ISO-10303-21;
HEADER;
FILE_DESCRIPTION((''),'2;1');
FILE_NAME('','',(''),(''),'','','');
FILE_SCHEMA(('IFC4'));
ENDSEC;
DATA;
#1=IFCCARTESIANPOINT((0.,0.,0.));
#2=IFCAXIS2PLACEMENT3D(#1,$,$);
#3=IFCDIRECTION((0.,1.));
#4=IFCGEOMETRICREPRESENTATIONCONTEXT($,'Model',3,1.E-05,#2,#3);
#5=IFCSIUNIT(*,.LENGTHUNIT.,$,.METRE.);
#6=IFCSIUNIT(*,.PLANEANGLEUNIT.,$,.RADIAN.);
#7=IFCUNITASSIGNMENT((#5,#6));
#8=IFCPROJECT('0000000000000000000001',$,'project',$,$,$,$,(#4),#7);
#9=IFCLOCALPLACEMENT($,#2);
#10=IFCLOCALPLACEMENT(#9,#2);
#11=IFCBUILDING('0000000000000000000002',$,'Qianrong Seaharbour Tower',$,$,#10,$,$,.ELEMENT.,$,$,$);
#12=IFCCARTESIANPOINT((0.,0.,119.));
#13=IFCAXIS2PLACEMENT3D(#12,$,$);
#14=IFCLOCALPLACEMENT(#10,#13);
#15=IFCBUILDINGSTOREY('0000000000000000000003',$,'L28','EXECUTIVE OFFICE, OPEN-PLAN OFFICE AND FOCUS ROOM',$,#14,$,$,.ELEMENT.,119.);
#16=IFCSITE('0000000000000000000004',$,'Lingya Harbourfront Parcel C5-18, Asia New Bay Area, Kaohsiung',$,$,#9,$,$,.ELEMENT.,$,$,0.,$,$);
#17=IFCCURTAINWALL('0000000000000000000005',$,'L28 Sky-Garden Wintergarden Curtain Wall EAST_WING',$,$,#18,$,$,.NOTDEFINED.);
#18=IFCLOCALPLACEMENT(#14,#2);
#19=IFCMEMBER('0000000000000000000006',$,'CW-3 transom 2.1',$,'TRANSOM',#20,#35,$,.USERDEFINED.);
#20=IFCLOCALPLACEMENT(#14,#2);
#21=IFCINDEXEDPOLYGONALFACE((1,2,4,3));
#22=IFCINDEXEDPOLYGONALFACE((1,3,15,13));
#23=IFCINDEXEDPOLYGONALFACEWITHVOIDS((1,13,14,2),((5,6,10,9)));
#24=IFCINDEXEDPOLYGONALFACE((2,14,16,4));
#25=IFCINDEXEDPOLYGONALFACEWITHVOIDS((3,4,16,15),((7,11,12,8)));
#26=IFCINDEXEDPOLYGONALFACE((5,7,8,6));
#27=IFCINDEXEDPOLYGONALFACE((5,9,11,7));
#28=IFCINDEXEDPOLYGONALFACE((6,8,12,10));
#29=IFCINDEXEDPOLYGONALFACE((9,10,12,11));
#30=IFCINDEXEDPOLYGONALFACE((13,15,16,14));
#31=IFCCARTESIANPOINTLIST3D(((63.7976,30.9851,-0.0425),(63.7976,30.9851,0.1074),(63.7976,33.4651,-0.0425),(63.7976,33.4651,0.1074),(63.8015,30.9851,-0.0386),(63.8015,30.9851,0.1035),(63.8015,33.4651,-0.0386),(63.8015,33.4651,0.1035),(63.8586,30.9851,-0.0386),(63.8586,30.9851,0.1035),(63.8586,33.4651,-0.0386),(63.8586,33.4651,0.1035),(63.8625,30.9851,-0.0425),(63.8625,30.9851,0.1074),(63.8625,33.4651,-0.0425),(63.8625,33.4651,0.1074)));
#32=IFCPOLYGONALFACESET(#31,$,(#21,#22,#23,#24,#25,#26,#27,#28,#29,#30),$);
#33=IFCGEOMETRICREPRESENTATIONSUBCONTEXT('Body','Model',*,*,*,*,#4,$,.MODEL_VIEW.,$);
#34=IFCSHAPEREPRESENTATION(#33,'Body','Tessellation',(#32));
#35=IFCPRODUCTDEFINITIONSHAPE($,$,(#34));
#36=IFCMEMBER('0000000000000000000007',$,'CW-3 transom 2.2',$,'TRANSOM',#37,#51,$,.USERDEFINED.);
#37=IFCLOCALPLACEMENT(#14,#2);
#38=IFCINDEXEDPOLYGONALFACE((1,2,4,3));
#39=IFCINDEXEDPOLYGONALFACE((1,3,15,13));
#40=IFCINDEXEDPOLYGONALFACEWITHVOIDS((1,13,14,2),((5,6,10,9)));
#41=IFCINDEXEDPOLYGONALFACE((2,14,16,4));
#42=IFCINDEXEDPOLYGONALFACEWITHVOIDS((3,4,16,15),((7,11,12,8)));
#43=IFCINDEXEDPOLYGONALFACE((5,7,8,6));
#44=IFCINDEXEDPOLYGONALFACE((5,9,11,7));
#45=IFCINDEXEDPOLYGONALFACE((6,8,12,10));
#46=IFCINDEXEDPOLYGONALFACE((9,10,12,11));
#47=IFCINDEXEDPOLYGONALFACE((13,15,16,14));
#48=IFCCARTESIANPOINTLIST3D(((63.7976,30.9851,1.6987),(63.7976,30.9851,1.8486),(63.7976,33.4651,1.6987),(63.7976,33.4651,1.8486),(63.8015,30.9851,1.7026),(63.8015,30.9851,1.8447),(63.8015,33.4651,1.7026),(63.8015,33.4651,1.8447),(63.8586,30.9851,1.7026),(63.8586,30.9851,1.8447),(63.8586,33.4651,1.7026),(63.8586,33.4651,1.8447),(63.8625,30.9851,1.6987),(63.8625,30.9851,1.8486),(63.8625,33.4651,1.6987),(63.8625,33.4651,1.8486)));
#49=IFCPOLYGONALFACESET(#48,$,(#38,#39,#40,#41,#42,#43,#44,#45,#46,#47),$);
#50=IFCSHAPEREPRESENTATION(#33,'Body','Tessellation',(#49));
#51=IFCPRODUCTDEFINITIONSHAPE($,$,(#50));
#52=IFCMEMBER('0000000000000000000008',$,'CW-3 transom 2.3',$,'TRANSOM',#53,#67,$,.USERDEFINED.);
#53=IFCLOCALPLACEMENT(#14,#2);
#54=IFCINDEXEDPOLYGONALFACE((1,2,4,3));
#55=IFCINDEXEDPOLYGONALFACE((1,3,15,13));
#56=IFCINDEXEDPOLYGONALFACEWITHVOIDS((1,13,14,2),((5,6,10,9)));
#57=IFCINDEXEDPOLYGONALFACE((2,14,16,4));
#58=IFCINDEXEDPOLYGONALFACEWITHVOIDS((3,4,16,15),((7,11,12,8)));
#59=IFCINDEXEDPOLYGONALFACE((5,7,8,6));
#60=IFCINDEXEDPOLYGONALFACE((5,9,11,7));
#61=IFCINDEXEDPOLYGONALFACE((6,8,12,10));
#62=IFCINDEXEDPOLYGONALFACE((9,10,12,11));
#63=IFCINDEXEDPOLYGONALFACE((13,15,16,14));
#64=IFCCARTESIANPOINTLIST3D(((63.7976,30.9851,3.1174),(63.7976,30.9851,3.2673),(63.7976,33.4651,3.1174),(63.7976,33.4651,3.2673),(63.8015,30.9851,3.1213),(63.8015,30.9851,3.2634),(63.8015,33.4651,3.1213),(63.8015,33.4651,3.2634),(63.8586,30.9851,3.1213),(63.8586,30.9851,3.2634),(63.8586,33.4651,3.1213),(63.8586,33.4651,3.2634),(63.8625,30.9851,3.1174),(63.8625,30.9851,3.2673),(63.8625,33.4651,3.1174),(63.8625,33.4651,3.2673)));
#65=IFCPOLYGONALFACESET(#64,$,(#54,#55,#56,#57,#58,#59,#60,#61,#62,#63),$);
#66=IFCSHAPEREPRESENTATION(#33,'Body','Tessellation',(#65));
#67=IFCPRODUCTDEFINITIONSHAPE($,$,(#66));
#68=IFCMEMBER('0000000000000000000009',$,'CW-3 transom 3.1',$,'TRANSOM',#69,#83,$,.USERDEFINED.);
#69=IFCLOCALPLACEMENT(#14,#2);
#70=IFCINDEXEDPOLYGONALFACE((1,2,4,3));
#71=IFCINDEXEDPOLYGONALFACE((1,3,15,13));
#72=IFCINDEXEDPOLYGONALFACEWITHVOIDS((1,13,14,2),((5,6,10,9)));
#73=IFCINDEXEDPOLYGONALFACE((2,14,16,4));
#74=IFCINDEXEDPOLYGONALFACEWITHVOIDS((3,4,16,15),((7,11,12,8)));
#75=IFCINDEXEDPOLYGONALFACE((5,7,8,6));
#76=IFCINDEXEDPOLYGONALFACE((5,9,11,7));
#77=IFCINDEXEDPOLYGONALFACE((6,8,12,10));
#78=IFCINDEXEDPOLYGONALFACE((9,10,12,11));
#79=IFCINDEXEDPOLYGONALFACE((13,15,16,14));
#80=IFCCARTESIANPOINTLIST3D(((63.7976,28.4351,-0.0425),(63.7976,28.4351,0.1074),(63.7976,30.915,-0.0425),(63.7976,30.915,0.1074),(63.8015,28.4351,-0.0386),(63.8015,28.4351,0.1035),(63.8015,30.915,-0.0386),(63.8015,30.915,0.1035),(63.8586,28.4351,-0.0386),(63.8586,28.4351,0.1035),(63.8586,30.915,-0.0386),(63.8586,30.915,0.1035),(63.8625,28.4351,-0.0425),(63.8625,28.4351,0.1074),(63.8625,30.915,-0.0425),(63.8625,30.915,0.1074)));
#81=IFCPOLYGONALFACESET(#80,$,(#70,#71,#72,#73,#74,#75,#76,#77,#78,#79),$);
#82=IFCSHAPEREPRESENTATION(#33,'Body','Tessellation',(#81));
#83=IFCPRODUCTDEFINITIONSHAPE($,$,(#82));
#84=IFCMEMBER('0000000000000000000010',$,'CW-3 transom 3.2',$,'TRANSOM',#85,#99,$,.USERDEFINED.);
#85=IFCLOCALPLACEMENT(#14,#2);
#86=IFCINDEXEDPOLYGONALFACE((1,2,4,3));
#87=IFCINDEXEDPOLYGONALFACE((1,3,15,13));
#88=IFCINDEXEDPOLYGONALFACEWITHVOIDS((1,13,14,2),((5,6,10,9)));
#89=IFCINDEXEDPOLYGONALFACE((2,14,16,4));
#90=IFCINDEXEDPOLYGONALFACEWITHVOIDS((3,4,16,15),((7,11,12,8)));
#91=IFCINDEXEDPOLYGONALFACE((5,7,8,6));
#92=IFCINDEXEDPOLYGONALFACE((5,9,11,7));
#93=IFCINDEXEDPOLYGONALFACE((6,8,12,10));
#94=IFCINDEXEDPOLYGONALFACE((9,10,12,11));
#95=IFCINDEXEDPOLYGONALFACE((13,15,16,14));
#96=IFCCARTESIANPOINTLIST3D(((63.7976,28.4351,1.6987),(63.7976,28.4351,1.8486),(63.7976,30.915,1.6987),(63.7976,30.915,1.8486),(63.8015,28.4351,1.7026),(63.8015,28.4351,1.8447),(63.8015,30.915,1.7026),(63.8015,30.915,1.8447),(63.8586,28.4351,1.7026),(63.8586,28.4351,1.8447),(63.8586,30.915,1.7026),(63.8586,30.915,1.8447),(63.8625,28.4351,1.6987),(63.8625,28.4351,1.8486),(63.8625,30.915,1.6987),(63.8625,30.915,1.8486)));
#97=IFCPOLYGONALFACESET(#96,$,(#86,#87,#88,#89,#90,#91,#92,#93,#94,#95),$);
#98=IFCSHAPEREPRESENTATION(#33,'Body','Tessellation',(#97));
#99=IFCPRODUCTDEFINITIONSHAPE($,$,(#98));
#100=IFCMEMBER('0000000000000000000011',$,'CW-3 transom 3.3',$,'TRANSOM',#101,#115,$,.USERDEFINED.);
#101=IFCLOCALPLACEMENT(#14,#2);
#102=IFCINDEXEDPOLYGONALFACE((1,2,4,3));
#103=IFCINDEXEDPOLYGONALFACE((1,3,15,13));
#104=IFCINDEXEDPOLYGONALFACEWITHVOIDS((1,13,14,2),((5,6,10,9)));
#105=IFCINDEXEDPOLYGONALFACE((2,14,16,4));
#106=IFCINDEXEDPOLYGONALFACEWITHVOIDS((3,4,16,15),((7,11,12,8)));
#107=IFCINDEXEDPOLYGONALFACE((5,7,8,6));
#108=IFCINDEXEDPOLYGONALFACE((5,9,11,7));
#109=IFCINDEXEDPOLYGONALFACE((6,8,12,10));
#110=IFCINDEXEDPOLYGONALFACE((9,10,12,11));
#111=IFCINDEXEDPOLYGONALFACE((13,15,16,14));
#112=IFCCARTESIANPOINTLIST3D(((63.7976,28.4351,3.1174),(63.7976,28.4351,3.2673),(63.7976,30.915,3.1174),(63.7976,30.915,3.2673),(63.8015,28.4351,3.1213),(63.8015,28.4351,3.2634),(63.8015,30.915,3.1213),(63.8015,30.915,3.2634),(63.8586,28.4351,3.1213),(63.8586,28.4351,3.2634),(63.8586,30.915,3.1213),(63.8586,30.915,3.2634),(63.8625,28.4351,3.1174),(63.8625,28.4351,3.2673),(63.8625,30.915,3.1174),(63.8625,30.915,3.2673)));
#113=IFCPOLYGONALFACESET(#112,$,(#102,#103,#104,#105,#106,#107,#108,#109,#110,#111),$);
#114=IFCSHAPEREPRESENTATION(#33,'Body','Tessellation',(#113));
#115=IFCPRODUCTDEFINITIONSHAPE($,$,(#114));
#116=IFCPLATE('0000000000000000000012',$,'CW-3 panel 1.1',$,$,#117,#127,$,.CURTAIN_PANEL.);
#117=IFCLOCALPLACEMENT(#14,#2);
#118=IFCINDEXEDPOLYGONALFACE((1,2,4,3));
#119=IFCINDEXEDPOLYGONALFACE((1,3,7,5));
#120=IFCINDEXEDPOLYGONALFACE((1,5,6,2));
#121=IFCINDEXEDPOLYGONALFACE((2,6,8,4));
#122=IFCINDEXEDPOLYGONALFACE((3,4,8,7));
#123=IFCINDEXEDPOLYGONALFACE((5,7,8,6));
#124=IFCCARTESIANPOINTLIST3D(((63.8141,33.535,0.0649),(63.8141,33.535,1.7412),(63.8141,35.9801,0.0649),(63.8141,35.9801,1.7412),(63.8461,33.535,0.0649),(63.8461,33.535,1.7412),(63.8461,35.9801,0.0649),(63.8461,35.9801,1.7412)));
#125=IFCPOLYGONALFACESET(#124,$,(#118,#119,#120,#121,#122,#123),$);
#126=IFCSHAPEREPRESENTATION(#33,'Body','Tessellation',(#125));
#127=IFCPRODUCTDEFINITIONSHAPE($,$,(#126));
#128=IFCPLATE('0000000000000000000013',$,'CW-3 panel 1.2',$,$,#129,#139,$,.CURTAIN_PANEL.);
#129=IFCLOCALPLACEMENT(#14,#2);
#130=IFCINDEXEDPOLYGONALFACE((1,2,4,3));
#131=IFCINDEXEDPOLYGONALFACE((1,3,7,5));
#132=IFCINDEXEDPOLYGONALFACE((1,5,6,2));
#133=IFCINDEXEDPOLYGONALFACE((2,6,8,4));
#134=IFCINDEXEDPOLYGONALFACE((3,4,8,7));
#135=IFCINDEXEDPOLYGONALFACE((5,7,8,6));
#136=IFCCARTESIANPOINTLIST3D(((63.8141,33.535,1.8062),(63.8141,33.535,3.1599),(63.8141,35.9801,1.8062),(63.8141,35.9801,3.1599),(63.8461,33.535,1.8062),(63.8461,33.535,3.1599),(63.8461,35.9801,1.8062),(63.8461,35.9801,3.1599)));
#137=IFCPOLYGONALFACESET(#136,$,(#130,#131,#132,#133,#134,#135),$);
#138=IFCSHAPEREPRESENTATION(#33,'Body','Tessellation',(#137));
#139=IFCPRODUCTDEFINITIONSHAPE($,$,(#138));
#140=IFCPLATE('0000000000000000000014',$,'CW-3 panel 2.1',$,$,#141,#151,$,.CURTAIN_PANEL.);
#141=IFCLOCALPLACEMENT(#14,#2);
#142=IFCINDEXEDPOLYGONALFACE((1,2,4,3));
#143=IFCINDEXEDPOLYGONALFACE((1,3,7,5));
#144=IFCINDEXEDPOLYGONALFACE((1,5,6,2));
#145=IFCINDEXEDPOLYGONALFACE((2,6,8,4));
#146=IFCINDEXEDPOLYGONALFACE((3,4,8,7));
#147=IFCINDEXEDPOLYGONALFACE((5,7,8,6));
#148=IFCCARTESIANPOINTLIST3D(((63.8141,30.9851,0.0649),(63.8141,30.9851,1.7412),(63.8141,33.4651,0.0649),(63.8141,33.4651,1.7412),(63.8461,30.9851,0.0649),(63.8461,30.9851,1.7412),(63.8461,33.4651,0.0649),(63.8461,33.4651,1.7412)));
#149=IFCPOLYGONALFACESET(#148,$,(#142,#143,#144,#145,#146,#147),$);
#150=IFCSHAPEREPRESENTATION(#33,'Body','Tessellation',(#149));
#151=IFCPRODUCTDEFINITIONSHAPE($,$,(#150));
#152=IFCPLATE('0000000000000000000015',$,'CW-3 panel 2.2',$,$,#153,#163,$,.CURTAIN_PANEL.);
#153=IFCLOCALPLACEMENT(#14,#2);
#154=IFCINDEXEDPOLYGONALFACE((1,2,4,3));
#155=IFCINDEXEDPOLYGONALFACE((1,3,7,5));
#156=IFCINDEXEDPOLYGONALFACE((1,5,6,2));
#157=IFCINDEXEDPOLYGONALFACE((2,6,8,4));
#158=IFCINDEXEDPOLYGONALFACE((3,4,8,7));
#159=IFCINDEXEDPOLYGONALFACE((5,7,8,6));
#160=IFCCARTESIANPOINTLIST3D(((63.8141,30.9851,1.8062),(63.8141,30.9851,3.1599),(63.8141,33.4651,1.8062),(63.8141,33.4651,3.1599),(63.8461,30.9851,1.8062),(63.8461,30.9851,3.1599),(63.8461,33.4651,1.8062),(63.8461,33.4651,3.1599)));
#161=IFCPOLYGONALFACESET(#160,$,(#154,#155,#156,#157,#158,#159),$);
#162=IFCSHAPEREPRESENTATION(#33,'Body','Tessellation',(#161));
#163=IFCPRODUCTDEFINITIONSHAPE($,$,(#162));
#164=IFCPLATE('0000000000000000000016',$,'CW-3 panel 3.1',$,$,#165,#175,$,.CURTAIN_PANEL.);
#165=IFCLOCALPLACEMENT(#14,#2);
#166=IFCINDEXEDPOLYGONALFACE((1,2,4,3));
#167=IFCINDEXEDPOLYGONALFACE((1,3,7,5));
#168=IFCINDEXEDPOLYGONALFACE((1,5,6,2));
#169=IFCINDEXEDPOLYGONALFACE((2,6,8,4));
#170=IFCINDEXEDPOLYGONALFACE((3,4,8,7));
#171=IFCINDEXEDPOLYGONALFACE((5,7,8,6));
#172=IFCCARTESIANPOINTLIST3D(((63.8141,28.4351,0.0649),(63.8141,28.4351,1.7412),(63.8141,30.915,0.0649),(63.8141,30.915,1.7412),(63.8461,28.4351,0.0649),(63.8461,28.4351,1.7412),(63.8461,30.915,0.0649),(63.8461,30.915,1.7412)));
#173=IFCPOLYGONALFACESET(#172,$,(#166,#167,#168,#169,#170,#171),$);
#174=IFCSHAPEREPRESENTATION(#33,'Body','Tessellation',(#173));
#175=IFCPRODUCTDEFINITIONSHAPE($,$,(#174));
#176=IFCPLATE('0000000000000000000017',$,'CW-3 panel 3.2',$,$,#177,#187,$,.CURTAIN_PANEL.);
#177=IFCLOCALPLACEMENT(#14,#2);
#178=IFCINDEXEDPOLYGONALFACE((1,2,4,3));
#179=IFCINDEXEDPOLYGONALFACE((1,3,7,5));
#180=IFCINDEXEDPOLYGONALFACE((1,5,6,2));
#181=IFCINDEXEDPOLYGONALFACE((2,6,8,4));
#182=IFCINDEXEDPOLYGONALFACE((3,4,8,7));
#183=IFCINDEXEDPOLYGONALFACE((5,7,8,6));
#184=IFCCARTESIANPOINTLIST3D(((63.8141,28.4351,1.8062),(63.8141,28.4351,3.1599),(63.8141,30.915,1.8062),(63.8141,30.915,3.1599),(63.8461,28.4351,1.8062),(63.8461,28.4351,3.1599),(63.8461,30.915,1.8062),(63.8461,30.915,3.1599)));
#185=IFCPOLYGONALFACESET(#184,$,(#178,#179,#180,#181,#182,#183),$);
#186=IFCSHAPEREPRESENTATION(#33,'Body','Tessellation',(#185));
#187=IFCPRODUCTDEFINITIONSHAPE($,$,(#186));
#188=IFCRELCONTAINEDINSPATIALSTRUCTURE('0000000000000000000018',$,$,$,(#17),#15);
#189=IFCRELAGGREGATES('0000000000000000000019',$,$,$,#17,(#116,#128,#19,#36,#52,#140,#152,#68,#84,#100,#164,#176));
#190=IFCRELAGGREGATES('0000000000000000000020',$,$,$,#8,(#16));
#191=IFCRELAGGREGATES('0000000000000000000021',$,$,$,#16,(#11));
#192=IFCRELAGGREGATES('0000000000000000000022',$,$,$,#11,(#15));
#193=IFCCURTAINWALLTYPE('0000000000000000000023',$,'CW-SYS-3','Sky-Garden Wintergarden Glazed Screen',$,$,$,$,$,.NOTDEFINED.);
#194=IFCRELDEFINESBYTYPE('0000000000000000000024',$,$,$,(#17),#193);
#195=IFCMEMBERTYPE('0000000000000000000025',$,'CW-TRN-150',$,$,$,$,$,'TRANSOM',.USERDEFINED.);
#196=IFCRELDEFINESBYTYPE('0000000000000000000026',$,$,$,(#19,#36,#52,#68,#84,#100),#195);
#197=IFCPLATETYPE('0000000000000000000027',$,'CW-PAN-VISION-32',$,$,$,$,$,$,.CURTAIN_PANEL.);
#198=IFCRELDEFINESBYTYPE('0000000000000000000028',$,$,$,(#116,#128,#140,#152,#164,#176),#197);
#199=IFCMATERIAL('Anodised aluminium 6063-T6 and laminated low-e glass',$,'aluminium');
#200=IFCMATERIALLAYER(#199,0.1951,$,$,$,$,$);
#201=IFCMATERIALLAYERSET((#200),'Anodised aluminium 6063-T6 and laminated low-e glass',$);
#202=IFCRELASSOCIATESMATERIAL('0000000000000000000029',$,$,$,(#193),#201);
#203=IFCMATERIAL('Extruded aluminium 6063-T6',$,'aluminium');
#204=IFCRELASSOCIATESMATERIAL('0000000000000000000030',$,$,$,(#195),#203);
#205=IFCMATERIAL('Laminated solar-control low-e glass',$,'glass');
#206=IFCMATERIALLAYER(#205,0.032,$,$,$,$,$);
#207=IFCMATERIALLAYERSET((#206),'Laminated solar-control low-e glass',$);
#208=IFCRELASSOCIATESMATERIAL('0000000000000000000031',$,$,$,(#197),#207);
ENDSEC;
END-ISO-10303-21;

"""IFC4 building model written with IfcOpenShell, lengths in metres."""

from ifc_helpers import new_model, si_unit, direction, frame, origin, origin_2d, place, context, subcontext, project, spatial, rectangle, hollow_rectangle, extrude, material, layer, layer_set, material_profile, profile_set, type_object, element, aggregate, save


model = new_model("IFC4")

# Units and contexts
model_context = context("Model", 3, precision=1e-05, world=origin(), true_north=direction((0.0, 1.0)))
body_context = subcontext(model_context, "Body", "Model", "MODEL_VIEW")
ifc_project = project(units=[si_unit("LENGTHUNIT", "METRE"), si_unit("PLANEANGLEUNIT", "RADIAN")], contexts=[model_context])

# Site, building, storey
site_placement = place(None, origin())
site = spatial("IfcSite", under=ifc_project, at=site_placement, Name="Lingya Harbourfront Parcel C5-18, Asia New Bay Area, Kaohsiung", CompositionType="ELEMENT", RefElevation=0.0)
building_placement = place(site_placement, origin())
building = spatial("IfcBuilding", under=site, at=building_placement, Name="Qianrong Seaharbour Tower", CompositionType="ELEMENT")
storey_placement = place(building_placement, frame((0.0, 0.0, 119.0)))
storey = spatial("IfcBuildingStorey", under=building, at=storey_placement, Name="L28", Description="EXECUTIVE OFFICE, OPEN-PLAN OFFICE AND FOCUS ROOM", CompositionType="ELEMENT", Elevation=119.0)

# Curtain wall, members, plates
ifc_material_1 = material(Name="Anodised aluminium 6063-T6 and laminated low-e glass", Category="aluminium")
ifc_layer_1 = layer(ifc_material_1, 0.1951)
ifc_layer_set_1 = layer_set([ifc_layer_1], Name="Anodised aluminium 6063-T6 and laminated low-e glass")
curtain_wall_type = type_object("IfcCurtainWallType", Name="CW-SYS-3", Description="Sky-Garden Wintergarden Glazed Screen", PredefinedType="NOTDEFINED", material=ifc_layer_set_1)
curtain_wall_placement = place(storey_placement, origin())
curtain_wall = element("IfcCurtainWall", 1, at=curtain_wall_placement, inside=storey, type_object=curtain_wall_type, Name="L28 Sky-Garden Wintergarden Curtain Wall EAST_WING", PredefinedType="NOTDEFINED")
ifc_material_2 = material(Name="Extruded aluminium 6063-T6", Category="aluminium")
ifc_material_profile_1 = material_profile(ifc_material_2, hollow_rectangle(XDim=0.0649, YDim=0.1499, WallThickness=0.0039, at=origin_2d()), Name="ALU-TRN-150x65x4")
ifc_profile_set_1 = profile_set([ifc_material_profile_1], Name="Extruded aluminium 6063-T6")
member_type_1 = type_object("IfcMemberType", Name="CW-TRN-150", ElementType="TRANSOM", PredefinedType="USERDEFINED", material=ifc_profile_set_1)
member_1_placement = place(storey_placement, frame((63.8301, 33.4651, 0.0325), z_axis=(0.0, -1.0, 0.0), x_axis=(1.0, 0.0, 0.0)))
member_1 = element("IfcMember", 2, at=member_1_placement, type_object=member_type_1, Name="CW-3 transom 2.1", ObjectType="TRANSOM", PredefinedType="USERDEFINED", context=body_context, shape_type="SweptSolid", body=[
    extrude(hollow_rectangle(XDim=0.0649, YDim=0.1499, WallThickness=0.0039, at=origin_2d()), origin(), (0.0, 0.0, 1.0), 2.48),
])
member_2_placement = place(storey_placement, frame((63.8301, 33.4651, 1.7737), z_axis=(0.0, -1.0, 0.0), x_axis=(1.0, 0.0, 0.0)))
member_2 = element("IfcMember", 3, at=member_2_placement, type_object=member_type_1, Name="CW-3 transom 2.2", ObjectType="TRANSOM", PredefinedType="USERDEFINED", context=body_context, shape_type="SweptSolid", body=[
    extrude(hollow_rectangle(XDim=0.0649, YDim=0.1499, WallThickness=0.0039, at=origin_2d()), origin(), (0.0, 0.0, 1.0), 2.48),
])
member_3_placement = place(storey_placement, frame((63.8301, 33.4651, 3.1924), z_axis=(0.0, -1.0, 0.0), x_axis=(1.0, 0.0, 0.0)))
member_3 = element("IfcMember", 4, at=member_3_placement, type_object=member_type_1, Name="CW-3 transom 2.3", ObjectType="TRANSOM", PredefinedType="USERDEFINED", context=body_context, shape_type="SweptSolid", body=[
    extrude(hollow_rectangle(XDim=0.0649, YDim=0.1499, WallThickness=0.0039, at=origin_2d()), origin(), (0.0, 0.0, 1.0), 2.48),
])
member_4_placement = place(storey_placement, frame((63.8301, 30.915, 0.0325), z_axis=(0.0, -1.0, 0.0), x_axis=(1.0, 0.0, 0.0)))
member_4 = element("IfcMember", 5, at=member_4_placement, type_object=member_type_1, Name="CW-3 transom 3.1", ObjectType="TRANSOM", PredefinedType="USERDEFINED", context=body_context, shape_type="SweptSolid", body=[
    extrude(hollow_rectangle(XDim=0.0649, YDim=0.1499, WallThickness=0.0039, at=origin_2d()), origin(), (0.0, 0.0, 1.0), 2.48),
])
member_5_placement = place(storey_placement, frame((63.8301, 30.915, 1.7737), z_axis=(0.0, -1.0, 0.0), x_axis=(1.0, 0.0, 0.0)))
member_5 = element("IfcMember", 6, at=member_5_placement, type_object=member_type_1, Name="CW-3 transom 3.2", ObjectType="TRANSOM", PredefinedType="USERDEFINED", context=body_context, shape_type="SweptSolid", body=[
    extrude(hollow_rectangle(XDim=0.0649, YDim=0.1499, WallThickness=0.0039, at=origin_2d()), origin(), (0.0, 0.0, 1.0), 2.48),
])
member_6_placement = place(storey_placement, frame((63.8301, 30.915, 3.1924), z_axis=(0.0, -1.0, 0.0), x_axis=(1.0, 0.0, 0.0)))
member_6 = element("IfcMember", 7, at=member_6_placement, type_object=member_type_1, Name="CW-3 transom 3.3", ObjectType="TRANSOM", PredefinedType="USERDEFINED", context=body_context, shape_type="SweptSolid", body=[
    extrude(hollow_rectangle(XDim=0.0649, YDim=0.1499, WallThickness=0.0039, at=origin_2d()), origin(), (0.0, 0.0, 1.0), 2.48),
])
ifc_material_3 = material(Name="Laminated solar-control low-e glass", Category="glass")
ifc_layer_2 = layer(ifc_material_3, 0.032)
ifc_layer_set_2 = layer_set([ifc_layer_2], Name="Laminated solar-control low-e glass")
plate_type = type_object("IfcPlateType", Name="CW-PAN-VISION-32", PredefinedType="CURTAIN_PANEL", material=ifc_layer_set_2)
plate_1_placement = place(storey_placement, frame((63.8301, 34.7576, 0.0649), z_axis=(0.0, 0.0, 1.0), x_axis=(0.0, -1.0, 0.0)))
plate_1 = element("IfcPlate", 8, at=plate_1_placement, type_object=plate_type, Name="CW-3 panel 1.1", PredefinedType="CURTAIN_PANEL", context=body_context, shape_type="SweptSolid", body=[
    extrude(rectangle(XDim=2.4451, YDim=0.032, at=origin_2d()), origin(), (0.0, 0.0, 1.0), 1.6763),
])
plate_2_placement = place(storey_placement, frame((63.8301, 34.7576, 1.8062), z_axis=(0.0, 0.0, 1.0), x_axis=(0.0, -1.0, 0.0)))
plate_2 = element("IfcPlate", 9, at=plate_2_placement, type_object=plate_type, Name="CW-3 panel 1.2", PredefinedType="CURTAIN_PANEL", context=body_context, shape_type="SweptSolid", body=[
    extrude(rectangle(XDim=2.4451, YDim=0.032, at=origin_2d()), origin(), (0.0, 0.0, 1.0), 1.3538),
])
plate_3_placement = place(storey_placement, frame((63.8301, 32.2251, 0.0649), z_axis=(0.0, 0.0, 1.0), x_axis=(0.0, -1.0, 0.0)))
plate_3 = element("IfcPlate", 10, at=plate_3_placement, type_object=plate_type, Name="CW-3 panel 2.1", PredefinedType="CURTAIN_PANEL", context=body_context, shape_type="SweptSolid", body=[
    extrude(rectangle(XDim=2.48, YDim=0.032, at=origin_2d()), origin(), (0.0, 0.0, 1.0), 1.6763),
])
plate_4_placement = place(storey_placement, frame((63.8301, 32.2251, 1.8062), z_axis=(0.0, 0.0, 1.0), x_axis=(0.0, -1.0, 0.0)))
plate_4 = element("IfcPlate", 11, at=plate_4_placement, type_object=plate_type, Name="CW-3 panel 2.2", PredefinedType="CURTAIN_PANEL", context=body_context, shape_type="SweptSolid", body=[
    extrude(rectangle(XDim=2.48, YDim=0.032, at=origin_2d()), origin(), (0.0, 0.0, 1.0), 1.3538),
])
plate_5_placement = place(storey_placement, frame((63.8301, 29.675, 0.0649), z_axis=(0.0, 0.0, 1.0), x_axis=(0.0, -1.0, 0.0)))
plate_5 = element("IfcPlate", 12, at=plate_5_placement, type_object=plate_type, Name="CW-3 panel 3.1", PredefinedType="CURTAIN_PANEL", context=body_context, shape_type="SweptSolid", body=[
    extrude(rectangle(XDim=2.48, YDim=0.032, at=origin_2d()), origin(), (0.0, 0.0, 1.0), 1.6763),
])
plate_6_placement = place(storey_placement, frame((63.8301, 29.675, 1.8062), z_axis=(0.0, 0.0, 1.0), x_axis=(0.0, -1.0, 0.0)))
plate_6 = element("IfcPlate", 13, at=plate_6_placement, type_object=plate_type, Name="CW-3 panel 3.2", PredefinedType="CURTAIN_PANEL", context=body_context, shape_type="SweptSolid", body=[
    extrude(rectangle(XDim=2.48, YDim=0.032, at=origin_2d()), origin(), (0.0, 0.0, 1.0), 1.3538),
])
aggregate(curtain_wall, [plate_1, plate_2, member_1, member_2, member_3, plate_3, plate_4, member_4, member_5, member_6, plate_5, plate_6])

save(model, "model.ifc")
